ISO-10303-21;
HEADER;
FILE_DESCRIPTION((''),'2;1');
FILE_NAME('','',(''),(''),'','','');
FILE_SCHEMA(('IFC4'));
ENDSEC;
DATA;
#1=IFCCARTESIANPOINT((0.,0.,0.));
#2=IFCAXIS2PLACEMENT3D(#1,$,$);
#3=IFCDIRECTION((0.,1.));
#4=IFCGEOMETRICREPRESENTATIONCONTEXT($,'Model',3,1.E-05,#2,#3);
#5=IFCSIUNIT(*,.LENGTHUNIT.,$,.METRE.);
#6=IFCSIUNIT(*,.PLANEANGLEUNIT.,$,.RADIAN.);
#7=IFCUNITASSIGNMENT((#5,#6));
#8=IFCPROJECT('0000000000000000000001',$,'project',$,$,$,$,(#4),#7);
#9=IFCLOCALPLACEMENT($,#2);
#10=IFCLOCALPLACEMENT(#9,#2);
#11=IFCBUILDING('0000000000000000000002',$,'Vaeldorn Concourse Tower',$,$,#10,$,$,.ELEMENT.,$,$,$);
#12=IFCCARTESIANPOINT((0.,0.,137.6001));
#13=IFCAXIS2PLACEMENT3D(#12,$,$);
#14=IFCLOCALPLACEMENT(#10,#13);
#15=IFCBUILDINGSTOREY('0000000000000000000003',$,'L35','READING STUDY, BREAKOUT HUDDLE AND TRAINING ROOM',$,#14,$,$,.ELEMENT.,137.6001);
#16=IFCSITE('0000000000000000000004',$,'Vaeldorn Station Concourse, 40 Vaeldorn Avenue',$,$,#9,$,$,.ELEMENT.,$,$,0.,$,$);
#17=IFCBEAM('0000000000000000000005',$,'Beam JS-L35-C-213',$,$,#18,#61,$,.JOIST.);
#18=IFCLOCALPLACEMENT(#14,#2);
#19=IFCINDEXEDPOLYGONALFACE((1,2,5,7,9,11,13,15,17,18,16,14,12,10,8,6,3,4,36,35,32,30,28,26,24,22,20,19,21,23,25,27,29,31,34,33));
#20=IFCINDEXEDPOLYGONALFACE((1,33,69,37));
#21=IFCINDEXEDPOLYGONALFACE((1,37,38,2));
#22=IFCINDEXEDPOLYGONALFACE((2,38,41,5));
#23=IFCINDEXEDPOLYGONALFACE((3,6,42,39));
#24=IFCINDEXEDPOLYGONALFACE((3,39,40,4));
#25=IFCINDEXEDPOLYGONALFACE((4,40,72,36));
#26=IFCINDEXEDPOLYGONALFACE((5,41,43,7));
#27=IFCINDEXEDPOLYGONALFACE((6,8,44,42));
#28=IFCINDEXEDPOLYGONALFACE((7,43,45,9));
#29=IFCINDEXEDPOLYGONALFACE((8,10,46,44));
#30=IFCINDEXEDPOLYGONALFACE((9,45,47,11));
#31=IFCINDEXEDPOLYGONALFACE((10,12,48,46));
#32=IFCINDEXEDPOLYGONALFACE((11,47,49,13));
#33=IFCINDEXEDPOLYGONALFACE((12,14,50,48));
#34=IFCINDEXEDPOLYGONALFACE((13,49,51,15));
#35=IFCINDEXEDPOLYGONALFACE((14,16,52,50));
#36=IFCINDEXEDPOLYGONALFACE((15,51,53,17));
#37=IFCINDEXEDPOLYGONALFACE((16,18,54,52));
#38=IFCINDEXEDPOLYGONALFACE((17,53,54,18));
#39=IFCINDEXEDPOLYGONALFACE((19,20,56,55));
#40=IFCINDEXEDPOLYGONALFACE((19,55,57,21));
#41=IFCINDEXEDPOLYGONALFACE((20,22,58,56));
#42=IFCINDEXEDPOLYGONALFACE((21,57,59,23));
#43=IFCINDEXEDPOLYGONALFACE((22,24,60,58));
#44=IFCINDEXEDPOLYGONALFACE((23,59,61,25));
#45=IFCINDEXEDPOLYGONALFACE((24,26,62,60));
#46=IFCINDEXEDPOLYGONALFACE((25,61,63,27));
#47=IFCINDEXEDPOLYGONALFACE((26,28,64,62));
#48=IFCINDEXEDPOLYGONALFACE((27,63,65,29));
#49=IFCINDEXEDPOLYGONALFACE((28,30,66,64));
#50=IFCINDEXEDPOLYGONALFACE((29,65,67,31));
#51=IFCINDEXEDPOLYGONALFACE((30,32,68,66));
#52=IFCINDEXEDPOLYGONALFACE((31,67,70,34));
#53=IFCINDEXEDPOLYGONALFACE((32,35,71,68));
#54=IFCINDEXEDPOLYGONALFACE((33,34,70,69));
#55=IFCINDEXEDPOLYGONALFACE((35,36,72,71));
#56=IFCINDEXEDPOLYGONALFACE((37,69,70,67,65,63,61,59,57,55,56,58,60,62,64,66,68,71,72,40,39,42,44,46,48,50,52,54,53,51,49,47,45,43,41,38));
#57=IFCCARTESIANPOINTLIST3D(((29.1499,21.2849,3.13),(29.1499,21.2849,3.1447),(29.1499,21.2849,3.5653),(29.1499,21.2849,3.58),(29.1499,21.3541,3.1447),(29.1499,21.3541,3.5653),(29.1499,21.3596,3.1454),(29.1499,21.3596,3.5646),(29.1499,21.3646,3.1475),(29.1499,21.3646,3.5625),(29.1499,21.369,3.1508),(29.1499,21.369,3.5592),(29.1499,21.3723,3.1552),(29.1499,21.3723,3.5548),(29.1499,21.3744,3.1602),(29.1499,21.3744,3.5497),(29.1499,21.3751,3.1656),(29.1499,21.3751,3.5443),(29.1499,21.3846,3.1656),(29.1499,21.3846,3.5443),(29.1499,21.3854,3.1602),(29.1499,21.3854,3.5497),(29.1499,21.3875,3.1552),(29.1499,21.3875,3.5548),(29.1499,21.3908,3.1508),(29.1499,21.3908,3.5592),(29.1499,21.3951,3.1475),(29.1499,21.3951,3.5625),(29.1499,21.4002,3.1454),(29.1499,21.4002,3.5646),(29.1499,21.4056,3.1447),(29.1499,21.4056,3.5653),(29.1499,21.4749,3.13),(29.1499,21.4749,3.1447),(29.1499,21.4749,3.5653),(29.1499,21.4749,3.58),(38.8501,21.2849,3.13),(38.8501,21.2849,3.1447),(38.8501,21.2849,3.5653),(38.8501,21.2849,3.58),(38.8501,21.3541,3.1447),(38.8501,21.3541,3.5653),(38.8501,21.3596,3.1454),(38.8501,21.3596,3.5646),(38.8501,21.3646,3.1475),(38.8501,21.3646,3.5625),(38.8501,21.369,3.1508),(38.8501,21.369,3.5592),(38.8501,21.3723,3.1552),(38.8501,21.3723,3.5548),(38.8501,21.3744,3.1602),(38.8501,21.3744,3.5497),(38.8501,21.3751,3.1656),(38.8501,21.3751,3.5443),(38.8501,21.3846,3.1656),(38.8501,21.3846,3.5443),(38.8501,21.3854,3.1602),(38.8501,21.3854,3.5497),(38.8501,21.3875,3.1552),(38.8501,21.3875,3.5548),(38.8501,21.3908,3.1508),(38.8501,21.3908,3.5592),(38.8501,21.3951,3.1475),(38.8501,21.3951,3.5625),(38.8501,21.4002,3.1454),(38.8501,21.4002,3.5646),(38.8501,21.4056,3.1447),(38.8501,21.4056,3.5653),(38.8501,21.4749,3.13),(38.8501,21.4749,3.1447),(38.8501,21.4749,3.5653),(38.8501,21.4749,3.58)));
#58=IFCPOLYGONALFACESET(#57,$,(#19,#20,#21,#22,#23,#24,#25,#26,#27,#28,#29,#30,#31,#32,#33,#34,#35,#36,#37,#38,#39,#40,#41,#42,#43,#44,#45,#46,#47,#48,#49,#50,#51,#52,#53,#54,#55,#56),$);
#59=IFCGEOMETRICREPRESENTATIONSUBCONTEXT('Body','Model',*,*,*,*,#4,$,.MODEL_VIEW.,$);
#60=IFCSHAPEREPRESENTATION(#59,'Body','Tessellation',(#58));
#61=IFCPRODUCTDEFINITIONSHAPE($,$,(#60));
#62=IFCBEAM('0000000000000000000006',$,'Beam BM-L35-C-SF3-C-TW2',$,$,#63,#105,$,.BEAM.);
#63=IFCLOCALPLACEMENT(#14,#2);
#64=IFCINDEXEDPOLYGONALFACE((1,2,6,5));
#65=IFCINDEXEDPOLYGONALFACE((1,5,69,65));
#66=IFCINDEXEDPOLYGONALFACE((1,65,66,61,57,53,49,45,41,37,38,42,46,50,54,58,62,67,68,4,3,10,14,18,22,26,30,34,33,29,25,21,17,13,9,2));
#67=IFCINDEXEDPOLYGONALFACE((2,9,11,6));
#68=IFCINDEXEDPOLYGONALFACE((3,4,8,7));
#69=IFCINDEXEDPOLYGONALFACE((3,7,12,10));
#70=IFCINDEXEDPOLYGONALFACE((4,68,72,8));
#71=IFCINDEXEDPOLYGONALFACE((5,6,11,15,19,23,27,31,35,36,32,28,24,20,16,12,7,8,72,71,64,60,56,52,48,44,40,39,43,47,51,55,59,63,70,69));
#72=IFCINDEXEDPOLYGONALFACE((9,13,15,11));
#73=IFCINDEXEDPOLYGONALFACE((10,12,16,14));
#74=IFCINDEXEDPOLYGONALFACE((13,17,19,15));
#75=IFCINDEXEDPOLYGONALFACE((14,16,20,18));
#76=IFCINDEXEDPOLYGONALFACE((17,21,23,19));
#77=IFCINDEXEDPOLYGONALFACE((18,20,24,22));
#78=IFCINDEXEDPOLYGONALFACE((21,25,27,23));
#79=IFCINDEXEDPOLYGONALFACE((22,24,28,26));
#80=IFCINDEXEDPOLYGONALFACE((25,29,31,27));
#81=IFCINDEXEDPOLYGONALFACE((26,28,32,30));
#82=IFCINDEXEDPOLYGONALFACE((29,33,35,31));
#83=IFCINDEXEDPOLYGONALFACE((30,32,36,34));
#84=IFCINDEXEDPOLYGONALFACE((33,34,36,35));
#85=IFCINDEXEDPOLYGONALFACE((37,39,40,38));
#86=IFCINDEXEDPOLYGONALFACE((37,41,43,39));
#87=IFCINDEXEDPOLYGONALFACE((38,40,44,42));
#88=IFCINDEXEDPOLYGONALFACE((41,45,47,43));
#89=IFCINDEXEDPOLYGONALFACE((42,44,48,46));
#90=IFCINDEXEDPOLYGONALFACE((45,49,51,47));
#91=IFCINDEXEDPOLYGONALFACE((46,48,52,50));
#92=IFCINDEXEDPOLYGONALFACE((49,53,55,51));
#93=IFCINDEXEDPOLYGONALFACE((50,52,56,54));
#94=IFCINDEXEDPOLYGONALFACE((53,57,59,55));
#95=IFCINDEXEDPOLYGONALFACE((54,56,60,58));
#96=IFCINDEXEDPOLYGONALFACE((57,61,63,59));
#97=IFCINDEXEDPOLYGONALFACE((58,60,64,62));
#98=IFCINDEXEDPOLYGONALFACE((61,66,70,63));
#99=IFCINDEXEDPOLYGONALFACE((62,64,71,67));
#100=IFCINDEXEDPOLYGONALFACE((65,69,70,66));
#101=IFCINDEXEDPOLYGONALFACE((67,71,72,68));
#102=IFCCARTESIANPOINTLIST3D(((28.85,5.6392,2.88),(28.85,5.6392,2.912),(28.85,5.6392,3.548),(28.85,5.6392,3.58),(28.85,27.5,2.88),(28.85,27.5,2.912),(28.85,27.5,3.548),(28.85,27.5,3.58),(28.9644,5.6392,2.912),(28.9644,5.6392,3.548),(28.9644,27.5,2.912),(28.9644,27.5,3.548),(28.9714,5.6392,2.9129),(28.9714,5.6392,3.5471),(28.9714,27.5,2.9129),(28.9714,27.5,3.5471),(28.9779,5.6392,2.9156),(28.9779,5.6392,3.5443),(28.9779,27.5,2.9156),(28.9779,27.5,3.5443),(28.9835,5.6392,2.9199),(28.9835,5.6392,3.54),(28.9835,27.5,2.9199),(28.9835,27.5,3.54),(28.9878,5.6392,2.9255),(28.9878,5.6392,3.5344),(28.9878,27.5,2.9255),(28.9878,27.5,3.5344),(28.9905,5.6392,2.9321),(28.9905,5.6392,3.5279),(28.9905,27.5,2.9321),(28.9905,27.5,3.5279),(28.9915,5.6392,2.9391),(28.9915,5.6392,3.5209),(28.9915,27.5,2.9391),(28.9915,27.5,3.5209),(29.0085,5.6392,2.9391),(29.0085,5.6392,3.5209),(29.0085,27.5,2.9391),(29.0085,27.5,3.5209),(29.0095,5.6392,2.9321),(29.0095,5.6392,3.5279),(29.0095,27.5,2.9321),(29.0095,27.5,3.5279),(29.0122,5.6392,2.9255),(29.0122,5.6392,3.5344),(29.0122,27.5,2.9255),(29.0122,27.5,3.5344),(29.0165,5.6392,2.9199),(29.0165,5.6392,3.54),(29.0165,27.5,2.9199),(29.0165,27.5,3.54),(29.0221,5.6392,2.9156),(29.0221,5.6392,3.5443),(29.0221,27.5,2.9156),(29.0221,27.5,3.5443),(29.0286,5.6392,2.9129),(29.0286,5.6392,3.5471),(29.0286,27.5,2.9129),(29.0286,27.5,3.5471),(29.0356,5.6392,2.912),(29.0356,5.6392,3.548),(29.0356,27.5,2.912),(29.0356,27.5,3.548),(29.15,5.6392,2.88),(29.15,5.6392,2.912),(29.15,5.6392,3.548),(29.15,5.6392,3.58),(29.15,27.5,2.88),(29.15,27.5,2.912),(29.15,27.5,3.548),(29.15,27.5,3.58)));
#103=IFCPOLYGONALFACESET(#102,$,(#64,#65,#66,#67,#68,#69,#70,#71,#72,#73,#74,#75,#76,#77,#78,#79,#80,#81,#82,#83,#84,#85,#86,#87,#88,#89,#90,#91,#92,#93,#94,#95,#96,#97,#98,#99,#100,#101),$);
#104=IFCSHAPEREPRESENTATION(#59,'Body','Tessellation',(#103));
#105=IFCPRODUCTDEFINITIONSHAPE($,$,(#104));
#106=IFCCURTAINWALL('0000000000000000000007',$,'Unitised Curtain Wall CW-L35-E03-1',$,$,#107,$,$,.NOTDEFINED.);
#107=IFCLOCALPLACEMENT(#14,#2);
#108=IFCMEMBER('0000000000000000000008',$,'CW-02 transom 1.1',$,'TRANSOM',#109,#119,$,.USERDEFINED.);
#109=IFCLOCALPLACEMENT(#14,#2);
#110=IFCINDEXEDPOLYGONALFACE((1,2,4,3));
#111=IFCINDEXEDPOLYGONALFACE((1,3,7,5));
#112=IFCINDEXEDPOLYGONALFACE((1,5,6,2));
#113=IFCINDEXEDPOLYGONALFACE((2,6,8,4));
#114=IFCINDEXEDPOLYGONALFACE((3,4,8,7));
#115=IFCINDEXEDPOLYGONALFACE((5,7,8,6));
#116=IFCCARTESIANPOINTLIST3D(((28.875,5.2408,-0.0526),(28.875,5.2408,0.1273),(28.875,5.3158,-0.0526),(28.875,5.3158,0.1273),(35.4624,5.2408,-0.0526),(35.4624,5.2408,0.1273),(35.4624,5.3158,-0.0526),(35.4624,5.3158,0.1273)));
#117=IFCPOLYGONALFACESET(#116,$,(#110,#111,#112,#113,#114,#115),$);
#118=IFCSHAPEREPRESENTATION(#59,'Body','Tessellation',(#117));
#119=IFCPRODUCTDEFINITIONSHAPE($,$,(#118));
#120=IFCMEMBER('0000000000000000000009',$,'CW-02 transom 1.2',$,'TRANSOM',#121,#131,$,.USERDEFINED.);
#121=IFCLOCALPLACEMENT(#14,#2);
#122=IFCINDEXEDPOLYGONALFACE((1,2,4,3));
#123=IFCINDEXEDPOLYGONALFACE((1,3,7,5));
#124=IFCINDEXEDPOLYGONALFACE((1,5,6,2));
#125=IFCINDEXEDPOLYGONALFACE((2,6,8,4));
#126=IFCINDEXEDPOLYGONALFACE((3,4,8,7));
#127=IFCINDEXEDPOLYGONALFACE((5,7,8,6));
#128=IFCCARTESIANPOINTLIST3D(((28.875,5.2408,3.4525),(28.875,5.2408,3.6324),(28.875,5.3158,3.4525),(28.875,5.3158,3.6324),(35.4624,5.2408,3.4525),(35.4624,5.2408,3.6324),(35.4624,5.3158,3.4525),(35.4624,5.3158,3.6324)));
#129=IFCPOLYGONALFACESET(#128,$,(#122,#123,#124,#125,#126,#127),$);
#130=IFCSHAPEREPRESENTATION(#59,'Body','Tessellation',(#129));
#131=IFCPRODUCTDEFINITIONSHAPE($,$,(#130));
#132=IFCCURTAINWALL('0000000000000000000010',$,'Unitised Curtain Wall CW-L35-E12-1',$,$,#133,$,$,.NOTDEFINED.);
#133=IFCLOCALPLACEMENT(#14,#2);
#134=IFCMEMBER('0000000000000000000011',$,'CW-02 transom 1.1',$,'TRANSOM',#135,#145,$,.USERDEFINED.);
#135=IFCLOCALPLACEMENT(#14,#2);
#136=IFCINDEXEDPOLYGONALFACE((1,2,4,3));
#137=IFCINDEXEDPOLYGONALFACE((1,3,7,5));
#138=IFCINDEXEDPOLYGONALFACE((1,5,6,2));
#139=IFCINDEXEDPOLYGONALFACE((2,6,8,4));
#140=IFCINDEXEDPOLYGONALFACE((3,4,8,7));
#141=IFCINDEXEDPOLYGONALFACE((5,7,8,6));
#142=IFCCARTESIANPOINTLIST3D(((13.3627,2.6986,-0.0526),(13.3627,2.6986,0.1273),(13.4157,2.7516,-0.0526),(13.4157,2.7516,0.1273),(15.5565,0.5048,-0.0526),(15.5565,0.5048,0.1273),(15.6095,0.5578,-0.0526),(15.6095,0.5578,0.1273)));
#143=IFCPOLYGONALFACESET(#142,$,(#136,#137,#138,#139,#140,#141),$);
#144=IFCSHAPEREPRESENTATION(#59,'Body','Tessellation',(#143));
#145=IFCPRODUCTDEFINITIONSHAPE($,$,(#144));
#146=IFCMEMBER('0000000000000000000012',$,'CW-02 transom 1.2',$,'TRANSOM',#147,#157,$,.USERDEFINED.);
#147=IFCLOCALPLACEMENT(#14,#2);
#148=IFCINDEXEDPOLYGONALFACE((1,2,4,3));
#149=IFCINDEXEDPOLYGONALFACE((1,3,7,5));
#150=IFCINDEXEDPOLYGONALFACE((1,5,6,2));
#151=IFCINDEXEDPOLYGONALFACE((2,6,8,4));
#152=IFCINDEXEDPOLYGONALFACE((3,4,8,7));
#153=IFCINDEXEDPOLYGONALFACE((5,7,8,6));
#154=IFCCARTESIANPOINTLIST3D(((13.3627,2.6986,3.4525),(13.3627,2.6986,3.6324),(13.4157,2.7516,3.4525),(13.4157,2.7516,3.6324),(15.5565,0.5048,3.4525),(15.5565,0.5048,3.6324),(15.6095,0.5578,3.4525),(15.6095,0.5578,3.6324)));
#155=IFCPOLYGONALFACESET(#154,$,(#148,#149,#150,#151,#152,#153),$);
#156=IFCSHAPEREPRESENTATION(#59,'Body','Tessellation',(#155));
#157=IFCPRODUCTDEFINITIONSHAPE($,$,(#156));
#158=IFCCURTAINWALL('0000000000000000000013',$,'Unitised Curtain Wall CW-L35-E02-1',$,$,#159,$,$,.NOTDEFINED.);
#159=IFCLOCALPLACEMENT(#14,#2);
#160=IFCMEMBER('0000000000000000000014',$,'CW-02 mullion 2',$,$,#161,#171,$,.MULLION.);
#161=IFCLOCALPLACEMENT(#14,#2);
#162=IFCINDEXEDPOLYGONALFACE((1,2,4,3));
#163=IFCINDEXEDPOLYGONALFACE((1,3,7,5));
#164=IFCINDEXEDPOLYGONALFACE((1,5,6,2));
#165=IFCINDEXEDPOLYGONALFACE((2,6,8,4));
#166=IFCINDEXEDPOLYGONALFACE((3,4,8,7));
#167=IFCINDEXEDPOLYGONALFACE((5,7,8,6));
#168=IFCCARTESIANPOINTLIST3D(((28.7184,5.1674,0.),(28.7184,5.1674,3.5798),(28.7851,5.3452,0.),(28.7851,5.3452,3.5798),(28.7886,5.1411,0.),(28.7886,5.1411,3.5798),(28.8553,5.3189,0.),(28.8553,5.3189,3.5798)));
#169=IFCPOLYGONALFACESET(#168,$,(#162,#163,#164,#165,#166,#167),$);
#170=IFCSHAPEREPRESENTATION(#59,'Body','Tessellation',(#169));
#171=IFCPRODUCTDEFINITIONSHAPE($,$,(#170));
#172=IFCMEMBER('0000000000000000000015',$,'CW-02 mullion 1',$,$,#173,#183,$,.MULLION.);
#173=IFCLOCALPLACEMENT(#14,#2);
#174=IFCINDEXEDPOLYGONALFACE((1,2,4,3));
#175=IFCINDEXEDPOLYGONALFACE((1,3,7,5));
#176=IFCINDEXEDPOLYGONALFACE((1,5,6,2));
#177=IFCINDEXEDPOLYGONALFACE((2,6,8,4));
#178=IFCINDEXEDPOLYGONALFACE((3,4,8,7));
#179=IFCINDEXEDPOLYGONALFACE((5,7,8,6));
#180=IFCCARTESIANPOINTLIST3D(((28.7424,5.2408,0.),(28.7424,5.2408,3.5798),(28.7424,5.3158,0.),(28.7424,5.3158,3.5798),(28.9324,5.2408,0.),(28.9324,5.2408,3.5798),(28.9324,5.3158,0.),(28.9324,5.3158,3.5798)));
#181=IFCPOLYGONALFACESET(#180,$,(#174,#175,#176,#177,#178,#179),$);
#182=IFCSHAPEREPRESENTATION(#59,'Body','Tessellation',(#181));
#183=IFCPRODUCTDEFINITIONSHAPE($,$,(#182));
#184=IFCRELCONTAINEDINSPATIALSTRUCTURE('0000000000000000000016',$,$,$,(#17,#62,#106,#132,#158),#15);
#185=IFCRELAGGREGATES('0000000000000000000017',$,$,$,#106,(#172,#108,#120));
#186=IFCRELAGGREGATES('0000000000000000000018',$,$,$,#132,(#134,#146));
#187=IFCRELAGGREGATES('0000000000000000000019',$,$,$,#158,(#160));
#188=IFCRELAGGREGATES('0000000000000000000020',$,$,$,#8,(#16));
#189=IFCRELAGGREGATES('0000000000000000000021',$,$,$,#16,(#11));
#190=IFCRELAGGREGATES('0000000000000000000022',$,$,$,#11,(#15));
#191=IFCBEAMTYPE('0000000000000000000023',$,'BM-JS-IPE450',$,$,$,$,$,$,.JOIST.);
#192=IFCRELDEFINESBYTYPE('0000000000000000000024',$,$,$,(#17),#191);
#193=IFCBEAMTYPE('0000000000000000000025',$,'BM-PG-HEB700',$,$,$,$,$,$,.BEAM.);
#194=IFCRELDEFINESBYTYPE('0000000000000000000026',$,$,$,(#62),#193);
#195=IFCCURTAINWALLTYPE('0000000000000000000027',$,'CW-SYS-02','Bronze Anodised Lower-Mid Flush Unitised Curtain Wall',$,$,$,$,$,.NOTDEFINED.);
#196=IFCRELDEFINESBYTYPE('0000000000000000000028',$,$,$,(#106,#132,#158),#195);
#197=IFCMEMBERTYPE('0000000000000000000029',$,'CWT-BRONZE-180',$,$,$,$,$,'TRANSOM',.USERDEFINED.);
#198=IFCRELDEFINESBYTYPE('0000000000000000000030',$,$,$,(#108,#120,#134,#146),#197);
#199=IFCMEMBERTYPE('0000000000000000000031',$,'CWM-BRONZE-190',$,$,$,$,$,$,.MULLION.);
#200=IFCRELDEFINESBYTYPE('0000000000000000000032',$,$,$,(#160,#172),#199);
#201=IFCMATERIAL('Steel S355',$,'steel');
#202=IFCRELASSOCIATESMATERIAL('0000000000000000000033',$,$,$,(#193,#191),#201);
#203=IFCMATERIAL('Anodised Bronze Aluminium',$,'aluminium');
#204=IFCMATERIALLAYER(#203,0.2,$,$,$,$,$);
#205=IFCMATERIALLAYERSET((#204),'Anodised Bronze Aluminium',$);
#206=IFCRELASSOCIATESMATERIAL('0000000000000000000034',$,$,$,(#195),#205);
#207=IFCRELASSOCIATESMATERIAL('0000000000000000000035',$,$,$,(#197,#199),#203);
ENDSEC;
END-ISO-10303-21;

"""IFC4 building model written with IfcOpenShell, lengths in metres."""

from ifc_helpers import new_model, si_unit, direction, frame, origin, origin_2d, place, context, subcontext, project, spatial, rectangle, i_section, extrude, source, transform, mapped, material, layer, layer_set, material_profile, profile_set, type_object, element, aggregate, save


model = new_model("IFC4")

# Units and contexts
model_context = context("Model", 3, precision=1e-05, world=origin(), true_north=direction((0.0, 1.0)))
body_context = subcontext(model_context, "Body", "Model", "MODEL_VIEW")
ifc_project = project(units=[si_unit("LENGTHUNIT", "METRE"), si_unit("PLANEANGLEUNIT", "RADIAN")], contexts=[model_context])

# Site, building, storey
site_placement = place(None, origin())
site = spatial("IfcSite", under=ifc_project, at=site_placement, Name="Vaeldorn Station Concourse, 40 Vaeldorn Avenue", CompositionType="ELEMENT", RefElevation=0.0)
building_placement = place(site_placement, origin())
building = spatial("IfcBuilding", under=site, at=building_placement, Name="Vaeldorn Concourse Tower", CompositionType="ELEMENT")
storey_placement = place(building_placement, frame((0.0, 0.0, 137.6001)))
storey = spatial("IfcBuildingStorey", under=building, at=storey_placement, Name="L35", Description="READING STUDY, BREAKOUT HUDDLE AND TRAINING ROOM", CompositionType="ELEMENT", Elevation=137.6001)

# Beams
ifc_material_1 = material(Name="Steel S355", Category="steel")
ifc_material_profile_1 = material_profile(ifc_material_1, i_section(OverallWidth=0.3, OverallDepth=0.7, WebThickness=0.0171, FlangeThickness=0.032, FilletRadius=0.0271, at=origin_2d()), Name="HEB 700")
ifc_profile_set_1 = profile_set([ifc_material_profile_1], Name="Steel S355")
beam_type_1 = type_object("IfcBeamType", Name="BM-PG-HEB700", PredefinedType="BEAM", material=ifc_profile_set_1)
ifc_material_profile_2 = material_profile(ifc_material_1, i_section(OverallWidth=0.1899, OverallDepth=0.45, WebThickness=0.0095, FlangeThickness=0.0146, FilletRadius=0.021, at=origin_2d()), Name="IPE 450")
ifc_profile_set_2 = profile_set([ifc_material_profile_2], Name="Steel S355")
beam_type_2 = type_object("IfcBeamType", Name="BM-JS-IPE450", PredefinedType="JOIST", material=ifc_profile_set_2)
shared_shape_1 = source(origin(), body_context, "Body", "SweptSolid", [
    extrude(i_section(OverallWidth=0.1899, OverallDepth=0.45, WebThickness=0.0095, FlangeThickness=0.0146, FilletRadius=0.021, at=origin_2d()), origin(), (0.0, 0.0, 1.0), 9.7002),
])
beam_1_placement = place(storey_placement, frame((29.1499, 21.3799, 3.355), z_axis=(1.0, 0.0, 0.0), x_axis=(0.0, 1.0, 0.0)))
element("IfcBeam", 1, at=beam_1_placement, inside=storey, type_object=beam_type_2, Name="Beam JS-L35-C-213", PredefinedType="JOIST", context=body_context, shape_type="MappedRepresentation", body=[
    mapped(shared_shape_1, transform((0.0, 0.0, 0.0), scale=1.0)),
])
shared_shape_2 = source(origin(), body_context, "Body", "SweptSolid", [
    extrude(i_section(OverallWidth=0.3, OverallDepth=0.7, WebThickness=0.0171, FlangeThickness=0.032, FilletRadius=0.0271, at=origin_2d()), origin(), (0.0, 0.0, 1.0), 21.8608),
])
beam_2_placement = place(storey_placement, frame((29.0, 5.6392, 3.23), z_axis=(0.0, 1.0, 0.0), x_axis=(-1.0, 0.0, 0.0)))
element("IfcBeam", 2, at=beam_2_placement, inside=storey, type_object=beam_type_1, Name="Beam BM-L35-C-SF3-C-TW2", PredefinedType="BEAM", context=body_context, shape_type="MappedRepresentation", body=[
    mapped(shared_shape_2, transform((0.0, 0.0, 0.0), scale=1.0)),
])

# Curtain walls, members
ifc_material_2 = material(Name="Anodised Bronze Aluminium", Category="aluminium")
ifc_layer_1 = layer(ifc_material_2, 0.2)
ifc_layer_set_1 = layer_set([ifc_layer_1], Name="Anodised Bronze Aluminium")
curtain_wall_type = type_object("IfcCurtainWallType", Name="CW-SYS-02", Description="Bronze Anodised Lower-Mid Flush Unitised Curtain Wall", PredefinedType="NOTDEFINED", material=ifc_layer_set_1)
curtain_wall_1_placement = place(storey_placement, origin())
curtain_wall_1 = element("IfcCurtainWall", 3, at=curtain_wall_1_placement, inside=storey, type_object=curtain_wall_type, Name="Unitised Curtain Wall CW-L35-E03-1", PredefinedType="NOTDEFINED")
ifc_material_profile_3 = material_profile(ifc_material_2, rectangle(XDim=0.075, YDim=0.1799, at=origin_2d()), Name="CWT 75x180")
ifc_profile_set_3 = profile_set([ifc_material_profile_3], Name="Anodised Bronze Aluminium")
member_type_1 = type_object("IfcMemberType", Name="CWT-BRONZE-180", ElementType="TRANSOM", PredefinedType="USERDEFINED", material=ifc_profile_set_3)
shared_shape_3 = source(origin(), body_context, "Body", "SweptSolid", [
    extrude(rectangle(XDim=0.075, YDim=0.1799, at=origin_2d()), origin(), (0.0, 0.0, 1.0), 6.5874),
])
member_1_placement = place(storey_placement, frame((28.875, 5.2783, 0.0374), z_axis=(1.0, 0.0, 0.0), x_axis=(0.0, 1.0, 0.0)))
member_1 = element("IfcMember", 4, at=member_1_placement, type_object=member_type_1, Name="CW-02 transom 1.1", ObjectType="TRANSOM", PredefinedType="USERDEFINED", context=body_context, shape_type="MappedRepresentation", body=[
    mapped(shared_shape_3, transform((0.0, 0.0, 0.0), scale=1.0)),
])
member_2_placement = place(storey_placement, frame((28.875, 5.2783, 3.5425), z_axis=(1.0, 0.0, 0.0), x_axis=(0.0, 1.0, 0.0)))
member_2 = element("IfcMember", 5, at=member_2_placement, type_object=member_type_1, Name="CW-02 transom 1.2", ObjectType="TRANSOM", PredefinedType="USERDEFINED", context=body_context, shape_type="MappedRepresentation", body=[
    mapped(shared_shape_3, transform((0.0, 0.0, 0.0), scale=1.0)),
])
curtain_wall_2_placement = place(storey_placement, origin())
curtain_wall_2 = element("IfcCurtainWall", 6, at=curtain_wall_2_placement, inside=storey, type_object=curtain_wall_type, Name="Unitised Curtain Wall CW-L35-E12-1", PredefinedType="NOTDEFINED")
shared_shape_4 = source(origin(), body_context, "Body", "SweptSolid", [
    extrude(rectangle(XDim=0.075, YDim=0.1799, at=origin_2d()), origin(), (0.0, 0.0, 1.0), 3.1025),
])
member_3_placement = place(storey_placement, frame((13.3892, 2.7251, 0.0374), z_axis=(0.707107, -0.707107, 0.0), x_axis=(0.707107, 0.707107, 0.0)))
member_3 = element("IfcMember", 7, at=member_3_placement, type_object=member_type_1, Name="CW-02 transom 1.1", ObjectType="TRANSOM", PredefinedType="USERDEFINED", context=body_context, shape_type="MappedRepresentation", body=[
    mapped(shared_shape_4, transform((0.0, 0.0, 0.0), scale=1.0)),
])
member_4_placement = place(storey_placement, frame((13.3892, 2.7251, 3.5425), z_axis=(0.707107, -0.707107, 0.0), x_axis=(0.707107, 0.707107, 0.0)))
member_4 = element("IfcMember", 8, at=member_4_placement, type_object=member_type_1, Name="CW-02 transom 1.2", ObjectType="TRANSOM", PredefinedType="USERDEFINED", context=body_context, shape_type="MappedRepresentation", body=[
    mapped(shared_shape_4, transform((0.0, 0.0, 0.0), scale=1.0)),
])

# Curtain wall, member
curtain_wall_3_placement = place(storey_placement, origin())
curtain_wall_3 = element("IfcCurtainWall", 9, at=curtain_wall_3_placement, inside=storey, type_object=curtain_wall_type, Name="Unitised Curtain Wall CW-L35-E02-1", PredefinedType="NOTDEFINED")
ifc_material_profile_4 = material_profile(ifc_material_2, rectangle(XDim=0.075, YDim=0.1899, at=origin_2d()), Name="CWM 75x190")
ifc_profile_set_4 = profile_set([ifc_material_profile_4], Name="Anodised Bronze Aluminium")
member_type_2 = type_object("IfcMemberType", Name="CWM-BRONZE-190", PredefinedType="MULLION", material=ifc_profile_set_4)
shared_shape_5 = source(origin(), body_context, "Body", "SweptSolid", [
    extrude(rectangle(XDim=0.075, YDim=0.1899, at=origin_2d()), origin(), (0.0, 0.0, 1.0), 3.5798),
])
member_5_placement = place(storey_placement, frame((28.7869, 5.2432, 0.0), z_axis=(0.0, 0.0, 1.0), x_axis=(-0.936329, 0.351123, 0.0)))
member_5 = element("IfcMember", 10, at=member_5_placement, type_object=member_type_2, Name="CW-02 mullion 2", PredefinedType="MULLION", context=body_context, shape_type="MappedRepresentation", body=[
    mapped(shared_shape_5, transform((0.0, 0.0, 0.0), scale=1.0)),
])

# Member
member_6_placement = place(storey_placement, frame((28.8374, 5.2783, 0.0), z_axis=(0.0, 0.0, 1.0), x_axis=(0.0, 1.0, 0.0)))
member_6 = element("IfcMember", 11, at=member_6_placement, type_object=member_type_2, Name="CW-02 mullion 1", PredefinedType="MULLION", context=body_context, shape_type="MappedRepresentation", body=[
    mapped(shared_shape_5, transform((0.0, 0.0, 0.0), scale=1.0)),
])
aggregate(curtain_wall_1, [member_6, member_1, member_2])
aggregate(curtain_wall_2, [member_3, member_4])

aggregate(curtain_wall_3, [member_5])

save(model, "model.ifc")
